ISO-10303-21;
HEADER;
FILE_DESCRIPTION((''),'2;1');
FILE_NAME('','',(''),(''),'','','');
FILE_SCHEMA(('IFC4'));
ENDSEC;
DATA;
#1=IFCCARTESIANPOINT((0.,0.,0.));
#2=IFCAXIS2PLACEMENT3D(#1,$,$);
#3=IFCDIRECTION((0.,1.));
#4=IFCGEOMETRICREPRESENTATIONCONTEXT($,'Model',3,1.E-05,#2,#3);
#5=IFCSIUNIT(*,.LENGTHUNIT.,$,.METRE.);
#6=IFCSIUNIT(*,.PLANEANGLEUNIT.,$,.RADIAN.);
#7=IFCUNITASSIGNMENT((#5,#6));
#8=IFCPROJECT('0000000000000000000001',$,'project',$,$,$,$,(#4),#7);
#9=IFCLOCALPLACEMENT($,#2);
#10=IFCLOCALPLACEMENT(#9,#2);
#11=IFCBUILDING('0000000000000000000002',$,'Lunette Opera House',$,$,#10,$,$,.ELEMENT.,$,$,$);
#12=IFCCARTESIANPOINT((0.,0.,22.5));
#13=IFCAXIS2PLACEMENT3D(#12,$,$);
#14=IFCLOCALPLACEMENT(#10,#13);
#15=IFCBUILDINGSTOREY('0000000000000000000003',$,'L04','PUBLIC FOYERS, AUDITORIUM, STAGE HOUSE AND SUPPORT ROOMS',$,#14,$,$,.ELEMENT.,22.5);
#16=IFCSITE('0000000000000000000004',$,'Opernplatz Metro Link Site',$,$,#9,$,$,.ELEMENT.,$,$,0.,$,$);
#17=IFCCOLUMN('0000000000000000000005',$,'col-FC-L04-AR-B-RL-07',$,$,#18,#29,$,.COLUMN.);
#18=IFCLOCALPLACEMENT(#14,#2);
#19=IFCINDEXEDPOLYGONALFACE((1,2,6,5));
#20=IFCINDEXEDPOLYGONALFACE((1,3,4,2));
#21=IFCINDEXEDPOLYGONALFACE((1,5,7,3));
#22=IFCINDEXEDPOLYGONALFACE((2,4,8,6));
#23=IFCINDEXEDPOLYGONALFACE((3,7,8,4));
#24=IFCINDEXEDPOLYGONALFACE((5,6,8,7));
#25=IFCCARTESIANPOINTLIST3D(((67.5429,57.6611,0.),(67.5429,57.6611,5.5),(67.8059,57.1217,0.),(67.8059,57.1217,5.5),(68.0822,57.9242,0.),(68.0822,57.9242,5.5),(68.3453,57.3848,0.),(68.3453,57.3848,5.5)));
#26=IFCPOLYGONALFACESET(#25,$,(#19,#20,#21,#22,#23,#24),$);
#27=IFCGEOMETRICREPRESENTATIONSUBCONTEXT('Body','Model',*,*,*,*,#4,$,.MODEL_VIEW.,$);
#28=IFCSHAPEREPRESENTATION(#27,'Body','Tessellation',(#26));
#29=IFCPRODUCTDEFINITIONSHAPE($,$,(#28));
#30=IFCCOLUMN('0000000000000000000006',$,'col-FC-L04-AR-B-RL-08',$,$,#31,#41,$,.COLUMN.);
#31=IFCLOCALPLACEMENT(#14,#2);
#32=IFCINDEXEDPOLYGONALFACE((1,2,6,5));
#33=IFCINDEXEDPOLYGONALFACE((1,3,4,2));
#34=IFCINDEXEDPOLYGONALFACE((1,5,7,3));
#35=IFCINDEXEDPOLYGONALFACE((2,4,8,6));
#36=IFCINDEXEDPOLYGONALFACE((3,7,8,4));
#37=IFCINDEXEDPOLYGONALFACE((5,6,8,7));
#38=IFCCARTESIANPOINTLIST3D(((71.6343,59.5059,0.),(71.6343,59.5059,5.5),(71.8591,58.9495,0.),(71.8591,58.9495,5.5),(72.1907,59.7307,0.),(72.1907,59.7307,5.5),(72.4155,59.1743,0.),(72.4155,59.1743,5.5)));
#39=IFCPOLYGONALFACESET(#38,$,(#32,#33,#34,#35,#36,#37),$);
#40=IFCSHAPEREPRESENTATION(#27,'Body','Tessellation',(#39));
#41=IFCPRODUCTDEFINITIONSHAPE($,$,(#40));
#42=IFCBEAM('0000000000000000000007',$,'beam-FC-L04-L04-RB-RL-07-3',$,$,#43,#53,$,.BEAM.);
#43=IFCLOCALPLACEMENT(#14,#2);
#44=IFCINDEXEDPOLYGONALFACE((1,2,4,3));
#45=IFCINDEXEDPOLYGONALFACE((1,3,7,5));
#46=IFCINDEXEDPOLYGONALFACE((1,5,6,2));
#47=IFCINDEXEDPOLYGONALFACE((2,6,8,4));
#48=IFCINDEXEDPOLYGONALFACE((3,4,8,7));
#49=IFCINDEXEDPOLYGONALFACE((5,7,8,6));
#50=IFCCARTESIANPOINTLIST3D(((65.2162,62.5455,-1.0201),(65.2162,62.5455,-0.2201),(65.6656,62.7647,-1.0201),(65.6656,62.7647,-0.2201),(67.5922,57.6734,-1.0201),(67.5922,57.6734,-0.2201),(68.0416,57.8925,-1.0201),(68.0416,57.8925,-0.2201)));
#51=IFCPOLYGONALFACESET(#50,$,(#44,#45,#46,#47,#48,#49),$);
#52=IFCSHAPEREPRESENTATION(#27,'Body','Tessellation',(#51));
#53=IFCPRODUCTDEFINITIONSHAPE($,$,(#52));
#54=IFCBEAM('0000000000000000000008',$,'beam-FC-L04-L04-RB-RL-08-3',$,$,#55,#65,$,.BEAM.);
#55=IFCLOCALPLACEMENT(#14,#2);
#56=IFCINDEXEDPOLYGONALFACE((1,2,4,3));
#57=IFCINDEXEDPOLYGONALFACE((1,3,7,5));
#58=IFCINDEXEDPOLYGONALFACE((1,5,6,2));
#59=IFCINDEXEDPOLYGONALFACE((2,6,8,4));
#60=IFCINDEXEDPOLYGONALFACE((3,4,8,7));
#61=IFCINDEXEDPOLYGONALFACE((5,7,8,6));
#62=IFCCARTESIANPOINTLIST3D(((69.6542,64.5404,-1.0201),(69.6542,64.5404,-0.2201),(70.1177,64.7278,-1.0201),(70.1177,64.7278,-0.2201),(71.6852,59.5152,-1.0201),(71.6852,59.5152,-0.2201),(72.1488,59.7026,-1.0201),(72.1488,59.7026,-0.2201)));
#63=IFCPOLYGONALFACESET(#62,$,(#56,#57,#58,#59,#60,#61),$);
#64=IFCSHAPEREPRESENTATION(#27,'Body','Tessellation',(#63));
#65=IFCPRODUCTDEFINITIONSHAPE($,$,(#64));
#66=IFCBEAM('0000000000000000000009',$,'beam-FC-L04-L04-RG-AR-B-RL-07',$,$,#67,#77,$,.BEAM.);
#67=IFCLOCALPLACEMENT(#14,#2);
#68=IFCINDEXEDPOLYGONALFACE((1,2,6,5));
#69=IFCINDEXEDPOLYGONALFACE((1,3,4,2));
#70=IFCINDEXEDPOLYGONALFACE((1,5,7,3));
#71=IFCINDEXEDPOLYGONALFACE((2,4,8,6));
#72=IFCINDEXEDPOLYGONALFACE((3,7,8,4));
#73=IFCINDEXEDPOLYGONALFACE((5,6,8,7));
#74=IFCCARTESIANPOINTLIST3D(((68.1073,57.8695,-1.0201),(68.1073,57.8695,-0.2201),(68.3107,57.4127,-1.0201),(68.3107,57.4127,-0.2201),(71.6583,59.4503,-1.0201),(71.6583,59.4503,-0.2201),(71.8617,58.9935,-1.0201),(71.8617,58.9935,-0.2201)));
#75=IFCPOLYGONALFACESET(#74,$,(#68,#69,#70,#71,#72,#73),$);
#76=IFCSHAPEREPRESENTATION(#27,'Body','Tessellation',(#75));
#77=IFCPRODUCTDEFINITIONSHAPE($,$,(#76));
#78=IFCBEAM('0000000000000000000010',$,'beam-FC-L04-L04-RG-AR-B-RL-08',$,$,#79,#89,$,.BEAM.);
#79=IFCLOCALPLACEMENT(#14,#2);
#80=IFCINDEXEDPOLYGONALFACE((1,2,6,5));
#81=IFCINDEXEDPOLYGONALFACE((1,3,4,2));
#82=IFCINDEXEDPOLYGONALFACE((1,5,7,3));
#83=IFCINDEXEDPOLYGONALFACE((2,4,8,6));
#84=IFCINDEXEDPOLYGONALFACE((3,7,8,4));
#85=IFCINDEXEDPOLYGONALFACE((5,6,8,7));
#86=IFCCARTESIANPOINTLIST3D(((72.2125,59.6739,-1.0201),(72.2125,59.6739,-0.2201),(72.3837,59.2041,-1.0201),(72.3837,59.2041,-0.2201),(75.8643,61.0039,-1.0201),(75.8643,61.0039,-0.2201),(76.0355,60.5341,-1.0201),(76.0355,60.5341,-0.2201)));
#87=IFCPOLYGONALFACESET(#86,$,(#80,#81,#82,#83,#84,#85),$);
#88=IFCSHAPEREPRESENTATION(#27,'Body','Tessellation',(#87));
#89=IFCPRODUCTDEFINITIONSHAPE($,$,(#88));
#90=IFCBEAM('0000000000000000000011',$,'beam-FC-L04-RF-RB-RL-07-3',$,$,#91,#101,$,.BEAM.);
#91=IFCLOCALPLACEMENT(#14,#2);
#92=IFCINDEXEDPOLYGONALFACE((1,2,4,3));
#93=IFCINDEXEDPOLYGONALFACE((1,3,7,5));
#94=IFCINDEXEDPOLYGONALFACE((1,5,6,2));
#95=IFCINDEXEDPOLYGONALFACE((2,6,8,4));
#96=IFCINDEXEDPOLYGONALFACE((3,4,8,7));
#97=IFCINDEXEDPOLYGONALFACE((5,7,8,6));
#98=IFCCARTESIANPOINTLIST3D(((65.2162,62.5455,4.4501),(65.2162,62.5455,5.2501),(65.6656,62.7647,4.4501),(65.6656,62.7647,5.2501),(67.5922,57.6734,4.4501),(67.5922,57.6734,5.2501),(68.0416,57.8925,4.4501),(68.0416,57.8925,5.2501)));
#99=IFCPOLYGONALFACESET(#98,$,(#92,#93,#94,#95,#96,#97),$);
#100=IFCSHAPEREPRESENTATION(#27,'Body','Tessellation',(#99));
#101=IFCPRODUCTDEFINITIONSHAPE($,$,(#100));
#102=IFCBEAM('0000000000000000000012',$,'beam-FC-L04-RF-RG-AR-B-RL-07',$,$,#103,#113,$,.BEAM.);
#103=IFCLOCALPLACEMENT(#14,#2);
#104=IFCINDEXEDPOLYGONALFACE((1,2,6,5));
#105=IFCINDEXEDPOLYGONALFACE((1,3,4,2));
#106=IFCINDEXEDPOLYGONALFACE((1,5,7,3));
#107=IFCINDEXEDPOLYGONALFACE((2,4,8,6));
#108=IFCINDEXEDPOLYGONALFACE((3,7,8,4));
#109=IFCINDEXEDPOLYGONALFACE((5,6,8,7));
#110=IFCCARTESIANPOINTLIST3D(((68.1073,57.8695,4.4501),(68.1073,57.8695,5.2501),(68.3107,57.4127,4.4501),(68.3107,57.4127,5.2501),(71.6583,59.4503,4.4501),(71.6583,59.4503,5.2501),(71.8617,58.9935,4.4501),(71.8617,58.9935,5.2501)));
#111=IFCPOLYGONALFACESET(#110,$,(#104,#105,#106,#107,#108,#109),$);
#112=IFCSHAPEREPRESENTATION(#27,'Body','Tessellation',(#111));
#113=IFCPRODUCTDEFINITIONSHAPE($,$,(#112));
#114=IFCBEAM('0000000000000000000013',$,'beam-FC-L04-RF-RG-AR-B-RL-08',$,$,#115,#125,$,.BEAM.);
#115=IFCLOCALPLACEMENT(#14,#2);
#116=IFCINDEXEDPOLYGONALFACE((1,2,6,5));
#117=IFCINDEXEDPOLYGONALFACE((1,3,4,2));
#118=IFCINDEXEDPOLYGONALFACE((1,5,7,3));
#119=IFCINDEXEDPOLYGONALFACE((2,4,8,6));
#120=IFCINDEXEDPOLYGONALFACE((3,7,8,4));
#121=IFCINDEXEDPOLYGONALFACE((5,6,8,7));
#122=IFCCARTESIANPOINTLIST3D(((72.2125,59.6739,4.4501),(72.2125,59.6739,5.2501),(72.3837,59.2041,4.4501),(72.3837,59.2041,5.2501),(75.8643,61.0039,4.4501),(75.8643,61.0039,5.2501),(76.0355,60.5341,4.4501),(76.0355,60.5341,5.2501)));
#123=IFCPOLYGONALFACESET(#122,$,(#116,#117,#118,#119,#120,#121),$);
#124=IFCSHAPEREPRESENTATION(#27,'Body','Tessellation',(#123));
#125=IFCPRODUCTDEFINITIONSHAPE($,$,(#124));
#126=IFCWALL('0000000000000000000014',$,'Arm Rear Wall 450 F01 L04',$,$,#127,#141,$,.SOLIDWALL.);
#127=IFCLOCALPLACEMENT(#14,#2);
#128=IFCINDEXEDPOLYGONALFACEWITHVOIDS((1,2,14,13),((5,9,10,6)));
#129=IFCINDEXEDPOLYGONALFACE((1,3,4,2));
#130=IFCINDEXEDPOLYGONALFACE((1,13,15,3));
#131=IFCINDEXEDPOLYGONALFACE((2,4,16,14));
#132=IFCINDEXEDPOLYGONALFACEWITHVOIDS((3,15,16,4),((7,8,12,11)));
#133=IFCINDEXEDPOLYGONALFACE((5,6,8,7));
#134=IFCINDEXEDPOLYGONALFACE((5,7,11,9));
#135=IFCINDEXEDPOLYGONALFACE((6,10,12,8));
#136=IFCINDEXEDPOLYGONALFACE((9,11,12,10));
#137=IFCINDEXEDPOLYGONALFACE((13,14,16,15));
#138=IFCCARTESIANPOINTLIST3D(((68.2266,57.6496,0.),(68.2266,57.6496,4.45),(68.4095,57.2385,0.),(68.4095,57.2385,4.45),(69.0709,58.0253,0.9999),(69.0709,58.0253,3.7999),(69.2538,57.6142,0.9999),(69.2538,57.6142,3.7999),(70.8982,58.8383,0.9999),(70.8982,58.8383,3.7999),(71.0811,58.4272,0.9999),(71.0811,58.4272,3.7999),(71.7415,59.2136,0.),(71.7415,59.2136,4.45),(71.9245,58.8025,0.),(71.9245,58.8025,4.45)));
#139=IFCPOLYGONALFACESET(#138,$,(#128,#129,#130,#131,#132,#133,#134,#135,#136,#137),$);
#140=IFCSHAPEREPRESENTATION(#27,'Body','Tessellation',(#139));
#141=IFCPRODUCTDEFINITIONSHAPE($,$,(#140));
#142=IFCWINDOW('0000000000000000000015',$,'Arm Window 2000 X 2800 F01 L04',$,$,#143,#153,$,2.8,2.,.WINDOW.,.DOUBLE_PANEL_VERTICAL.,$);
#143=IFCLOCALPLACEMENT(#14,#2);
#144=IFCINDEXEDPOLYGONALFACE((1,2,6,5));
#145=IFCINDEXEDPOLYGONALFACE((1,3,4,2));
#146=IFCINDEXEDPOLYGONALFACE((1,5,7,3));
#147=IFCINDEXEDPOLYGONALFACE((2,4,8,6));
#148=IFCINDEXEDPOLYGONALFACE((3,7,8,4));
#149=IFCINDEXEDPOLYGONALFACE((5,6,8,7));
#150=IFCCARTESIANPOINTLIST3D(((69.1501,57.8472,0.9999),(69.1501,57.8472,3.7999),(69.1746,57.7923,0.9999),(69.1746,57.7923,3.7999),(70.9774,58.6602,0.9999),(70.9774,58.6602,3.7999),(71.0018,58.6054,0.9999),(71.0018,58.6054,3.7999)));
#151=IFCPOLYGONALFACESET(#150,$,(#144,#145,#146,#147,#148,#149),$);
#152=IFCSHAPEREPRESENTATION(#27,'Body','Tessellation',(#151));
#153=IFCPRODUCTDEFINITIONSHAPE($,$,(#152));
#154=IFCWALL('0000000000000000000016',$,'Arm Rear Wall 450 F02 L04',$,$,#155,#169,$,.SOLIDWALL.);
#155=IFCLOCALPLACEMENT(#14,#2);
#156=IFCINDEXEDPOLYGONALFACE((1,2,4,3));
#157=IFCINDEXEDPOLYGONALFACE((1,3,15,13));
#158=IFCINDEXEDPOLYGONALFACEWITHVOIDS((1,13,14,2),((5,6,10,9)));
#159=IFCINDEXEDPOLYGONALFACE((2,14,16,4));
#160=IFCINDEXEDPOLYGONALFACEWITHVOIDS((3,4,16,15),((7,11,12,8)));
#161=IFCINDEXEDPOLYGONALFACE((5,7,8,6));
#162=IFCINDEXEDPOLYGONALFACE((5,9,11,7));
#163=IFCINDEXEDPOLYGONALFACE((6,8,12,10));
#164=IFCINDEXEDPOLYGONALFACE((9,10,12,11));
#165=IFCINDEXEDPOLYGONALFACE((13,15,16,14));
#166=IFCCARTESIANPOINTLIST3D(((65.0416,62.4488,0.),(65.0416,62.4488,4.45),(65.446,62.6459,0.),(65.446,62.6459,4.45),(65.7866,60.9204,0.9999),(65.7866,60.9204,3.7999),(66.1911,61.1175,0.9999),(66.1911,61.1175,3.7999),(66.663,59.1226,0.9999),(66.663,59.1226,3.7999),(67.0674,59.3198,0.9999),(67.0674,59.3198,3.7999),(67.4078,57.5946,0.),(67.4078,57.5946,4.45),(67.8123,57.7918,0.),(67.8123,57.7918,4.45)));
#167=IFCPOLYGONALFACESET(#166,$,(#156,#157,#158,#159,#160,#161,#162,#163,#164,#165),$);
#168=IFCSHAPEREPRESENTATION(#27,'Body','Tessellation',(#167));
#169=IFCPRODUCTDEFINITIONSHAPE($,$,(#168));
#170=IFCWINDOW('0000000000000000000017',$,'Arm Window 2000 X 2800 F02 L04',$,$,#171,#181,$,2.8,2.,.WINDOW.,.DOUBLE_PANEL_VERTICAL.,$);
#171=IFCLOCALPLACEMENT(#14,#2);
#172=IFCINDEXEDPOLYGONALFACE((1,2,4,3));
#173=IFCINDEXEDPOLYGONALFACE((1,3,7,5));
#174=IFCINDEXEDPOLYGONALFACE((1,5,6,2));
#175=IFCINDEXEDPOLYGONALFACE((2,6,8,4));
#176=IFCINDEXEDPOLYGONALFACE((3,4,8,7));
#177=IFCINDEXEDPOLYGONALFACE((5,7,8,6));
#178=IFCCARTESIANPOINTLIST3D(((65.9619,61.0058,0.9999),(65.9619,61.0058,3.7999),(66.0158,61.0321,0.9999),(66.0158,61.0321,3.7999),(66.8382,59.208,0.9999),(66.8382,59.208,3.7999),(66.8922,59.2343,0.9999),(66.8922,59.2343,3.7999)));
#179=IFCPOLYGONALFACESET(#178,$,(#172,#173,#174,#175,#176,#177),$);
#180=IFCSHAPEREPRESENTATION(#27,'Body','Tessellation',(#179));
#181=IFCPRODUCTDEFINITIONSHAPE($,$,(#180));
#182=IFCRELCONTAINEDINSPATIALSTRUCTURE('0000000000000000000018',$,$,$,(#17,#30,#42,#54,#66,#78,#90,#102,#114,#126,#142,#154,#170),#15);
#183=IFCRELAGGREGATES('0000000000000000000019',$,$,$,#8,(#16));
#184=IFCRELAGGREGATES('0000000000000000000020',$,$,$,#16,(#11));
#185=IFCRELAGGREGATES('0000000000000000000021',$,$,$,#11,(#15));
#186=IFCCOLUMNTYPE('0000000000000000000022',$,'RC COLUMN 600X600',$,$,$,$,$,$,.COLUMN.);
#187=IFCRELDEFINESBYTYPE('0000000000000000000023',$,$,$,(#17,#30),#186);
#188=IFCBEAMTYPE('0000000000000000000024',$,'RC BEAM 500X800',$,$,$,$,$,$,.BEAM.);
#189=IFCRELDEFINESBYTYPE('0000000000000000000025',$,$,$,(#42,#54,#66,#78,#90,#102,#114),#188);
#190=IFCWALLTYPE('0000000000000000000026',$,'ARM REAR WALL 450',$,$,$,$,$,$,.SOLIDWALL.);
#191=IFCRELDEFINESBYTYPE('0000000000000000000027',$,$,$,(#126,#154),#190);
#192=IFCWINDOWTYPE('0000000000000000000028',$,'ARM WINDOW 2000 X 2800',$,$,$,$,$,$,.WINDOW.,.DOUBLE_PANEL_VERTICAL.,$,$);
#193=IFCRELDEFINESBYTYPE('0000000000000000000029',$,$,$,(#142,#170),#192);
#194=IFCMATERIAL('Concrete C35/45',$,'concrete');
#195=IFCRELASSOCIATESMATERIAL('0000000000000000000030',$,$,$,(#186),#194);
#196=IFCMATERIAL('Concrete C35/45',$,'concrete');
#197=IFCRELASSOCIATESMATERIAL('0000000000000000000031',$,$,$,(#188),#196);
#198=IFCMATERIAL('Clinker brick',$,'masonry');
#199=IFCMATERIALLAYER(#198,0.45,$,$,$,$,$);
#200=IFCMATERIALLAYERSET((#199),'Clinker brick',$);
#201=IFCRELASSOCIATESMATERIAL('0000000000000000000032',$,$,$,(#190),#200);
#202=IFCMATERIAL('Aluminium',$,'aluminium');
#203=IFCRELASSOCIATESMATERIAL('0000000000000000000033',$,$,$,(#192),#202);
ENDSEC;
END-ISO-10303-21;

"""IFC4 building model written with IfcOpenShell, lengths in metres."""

from ifc_helpers import new_model, si_unit, direction, frame, frame_2d, origin, origin_2d, place, context, subcontext, project, spatial, rectangle, extrude, material, layer, layer_set, material_profile, profile_set, type_object, element, fill, save


model = new_model("IFC4")

# Units and contexts
model_context = context("Model", 3, precision=1e-05, world=origin(), true_north=direction((0.0, 1.0)))
body_context = subcontext(model_context, "Body", "Model", "MODEL_VIEW")
ifc_project = project(units=[si_unit("LENGTHUNIT", "METRE"), si_unit("PLANEANGLEUNIT", "RADIAN")], contexts=[model_context])

# Site, building, storey
site_placement = place(None, origin())
site = spatial("IfcSite", under=ifc_project, at=site_placement, Name="Opernplatz Metro Link Site", CompositionType="ELEMENT", RefElevation=0.0)
building_placement = place(site_placement, origin())
building = spatial("IfcBuilding", under=site, at=building_placement, Name="Lunette Opera House", CompositionType="ELEMENT")
storey_placement = place(building_placement, frame((0.0, 0.0, 22.5)))
storey = spatial("IfcBuildingStorey", under=building, at=storey_placement, Name="L04", Description="PUBLIC FOYERS, AUDITORIUM, STAGE HOUSE AND SUPPORT ROOMS", CompositionType="ELEMENT", Elevation=22.5)

# Columns
ifc_material_1 = material(Name="Concrete C35/45", Category="concrete")
ifc_material_profile_1 = material_profile(ifc_material_1, rectangle(XDim=0.6001, YDim=0.6001, at=origin_2d()), Name="RC COLUMN 600X600")
ifc_profile_set_1 = profile_set([ifc_material_profile_1], Name="Concrete C35/45")
column_type = type_object("IfcColumnType", Name="RC COLUMN 600X600", PredefinedType="COLUMN", material=ifc_profile_set_1)
for number, where, z_axis, x_axis, name in (
    (1, (67.9441, 57.5229, 0.0), (0.0, 0.0, 1.0), (0.898794, 0.438371, 0.0), "col-FC-L04-AR-B-RL-07"),
    (2, (72.0249, 59.3401, 0.0), (0.0, 0.0, 1.0), (0.927184, 0.374607, 0.0), "col-FC-L04-AR-B-RL-08"),
):
    element("IfcColumn", number, at=place(storey_placement, frame(where, z_axis=z_axis, x_axis=x_axis)), inside=storey, type_object=column_type, Name=name, PredefinedType="COLUMN", context=body_context, shape_type="SweptSolid", body=[
        extrude(rectangle(XDim=0.6001, YDim=0.6001, at=origin_2d()), origin(), (0.0, 0.0, 1.0), 5.5),
    ])

# Beams
ifc_material_2 = material(Name="Concrete C35/45", Category="concrete")
ifc_material_profile_2 = material_profile(ifc_material_2, rectangle(XDim=0.5, YDim=0.8, at=origin_2d()), Name="RC BEAM 500X800")
ifc_profile_set_2 = profile_set([ifc_material_profile_2], Name="Concrete C35/45")
beam_type = type_object("IfcBeamType", Name="RC BEAM 500X800", PredefinedType="BEAM", material=ifc_profile_set_2)
beam_1_placement = place(storey_placement, frame((67.8169, 57.783, -0.6201), z_axis=(-0.438328, 0.898815, 0.0), x_axis=(-0.898815, -0.438328, 0.0)))
element("IfcBeam", 3, at=beam_1_placement, inside=storey, type_object=beam_type, Name="beam-FC-L04-L04-RB-RL-07-3", PredefinedType="BEAM", context=body_context, shape_type="SweptSolid", body=[
    extrude(rectangle(XDim=0.5, YDim=0.8, at=origin_2d()), origin(), (0.0, 0.0, 1.0), 5.4207),
])
beam_2_placement = place(storey_placement, frame((71.917, 59.6089, -0.6201), z_axis=(-0.37472, 0.927138, 0.0), x_axis=(-0.927138, -0.37472, 0.0)))
element("IfcBeam", 4, at=beam_2_placement, inside=storey, type_object=beam_type, Name="beam-FC-L04-L04-RB-RL-08-3", PredefinedType="BEAM", context=body_context, shape_type="SweptSolid", body=[
    extrude(rectangle(XDim=0.5, YDim=0.8, at=origin_2d()), origin(), (0.0, 0.0, 1.0), 5.4202),
])
beam_3_placement = place(storey_placement, frame((68.209, 57.6411, -0.6201), z_axis=(0.913565, 0.406692, 0.0), x_axis=(-0.406692, 0.913565, 0.0)))
element("IfcBeam", 5, at=beam_3_placement, inside=storey, type_object=beam_type, Name="beam-FC-L04-L04-RG-AR-B-RL-07", PredefinedType="BEAM", context=body_context, shape_type="SweptSolid", body=[
    extrude(rectangle(XDim=0.5, YDim=0.8, at=origin_2d()), origin(), (0.0, 0.0, 1.0), 3.887),
])
beam_4_placement = place(storey_placement, frame((72.2981, 59.439, -0.6201), z_axis=(0.939617, 0.342227, 0.0), x_axis=(-0.342227, 0.939617, 0.0)))
element("IfcBeam", 6, at=beam_4_placement, inside=storey, type_object=beam_type, Name="beam-FC-L04-L04-RG-AR-B-RL-08", PredefinedType="BEAM", context=body_context, shape_type="SweptSolid", body=[
    extrude(rectangle(XDim=0.5, YDim=0.8, at=origin_2d()), origin(), (0.0, 0.0, 1.0), 3.8865),
])
beam_5_placement = place(storey_placement, frame((67.8169, 57.783, 4.8501), z_axis=(-0.438328, 0.898815, 0.0), x_axis=(-0.898815, -0.438328, 0.0)))
element("IfcBeam", 7, at=beam_5_placement, inside=storey, type_object=beam_type, Name="beam-FC-L04-RF-RB-RL-07-3", PredefinedType="BEAM", context=body_context, shape_type="SweptSolid", body=[
    extrude(rectangle(XDim=0.5, YDim=0.8, at=origin_2d()), origin(), (0.0, 0.0, 1.0), 5.4207),
])
beam_6_placement = place(storey_placement, frame((68.209, 57.6411, 4.8501), z_axis=(0.913565, 0.406692, 0.0), x_axis=(-0.406692, 0.913565, 0.0)))
element("IfcBeam", 8, at=beam_6_placement, inside=storey, type_object=beam_type, Name="beam-FC-L04-RF-RG-AR-B-RL-07", PredefinedType="BEAM", context=body_context, shape_type="SweptSolid", body=[
    extrude(rectangle(XDim=0.5, YDim=0.8, at=origin_2d()), origin(), (0.0, 0.0, 1.0), 3.887),
])
beam_7_placement = place(storey_placement, frame((72.2981, 59.439, 4.8501), z_axis=(0.939617, 0.342227, 0.0), x_axis=(-0.342227, 0.939617, 0.0)))
element("IfcBeam", 9, at=beam_7_placement, inside=storey, type_object=beam_type, Name="beam-FC-L04-RF-RG-AR-B-RL-08", PredefinedType="BEAM", context=body_context, shape_type="SweptSolid", body=[
    extrude(rectangle(XDim=0.5, YDim=0.8, at=origin_2d()), origin(), (0.0, 0.0, 1.0), 3.8865),
])

# Walls, openings, windows
ifc_material_3 = material(Name="Clinker brick", Category="masonry")
ifc_layer_1 = layer(ifc_material_3, 0.45)
ifc_layer_set_1 = layer_set([ifc_layer_1], Name="Clinker brick")
wall_type_1 = type_object("IfcWallType", Name="ARM REAR WALL 450", PredefinedType="SOLIDWALL", material=ifc_layer_set_1)
wall_1_placement = place(storey_placement, frame((71.833, 59.0081, 0.0), z_axis=(0.0, 0.0, 1.0), x_axis=(-0.913639, -0.406527, 0.0)))
wall_1 = element("IfcWall", 10, at=wall_1_placement, inside=storey, type_object=wall_type_1, Name="Arm Rear Wall 450 F01 L04", PredefinedType="SOLIDWALL", context=body_context, shape_type="SweptSolid", body=[
    extrude(rectangle(XDim=3.8472, YDim=0.45, at=frame_2d((1.9236, 0.0))), origin(), (0.0, 0.0, 1.0), 4.45),
])
opening_1_placement = place(wall_1_placement, frame((0.9231, 0.0, 1.0)))
opening_1 = element("IfcOpeningElement", 11, at=opening_1_placement, cuts=wall_1, PredefinedType="OPENING", context=body_context, shape_type="SweptSolid", body=[
    extrude(rectangle(XDim=2.0, YDim=2.8, at=frame_2d((1.0, 1.3999))), frame((0.0, 0.2371, 0.0), z_axis=(0.0, -1.0, 0.0), x_axis=(1.0, 0.0, 0.0)), (0.0, 0.0, 1.0), 0.4739),
])
ifc_material_4 = material(Name="Aluminium", Category="aluminium")
window_type = type_object("IfcWindowType", Name="ARM WINDOW 2000 X 2800", PartitioningType="DOUBLE_PANEL_VERTICAL", PredefinedType="WINDOW", material=ifc_material_4)
window_1_placement = place(opening_1_placement, origin())
window_1 = element("IfcWindow", 12, at=window_1_placement, inside=storey, type_object=window_type, Name="Arm Window 2000 X 2800 F01 L04", OverallHeight=2.8, OverallWidth=2.0, PartitioningType="DOUBLE_PANEL_VERTICAL", PredefinedType="WINDOW", context=body_context, shape_type="SweptSolid", body=[
    extrude(rectangle(XDim=2.0, YDim=2.8, at=frame_2d((1.0, 1.3999))), frame((0.0, 0.03, 0.0), z_axis=(0.0, -1.0, 0.0), x_axis=(1.0, 0.0, 0.0)), (0.0, 0.0, 1.0), 0.0601),
])
fill(opening_1, window_1)
wall_2_placement = place(storey_placement, frame((67.6101, 57.6931, 0.0), z_axis=(0.0, 0.0, 1.0), x_axis=(-0.438185, 0.898885, 0.0)))
wall_2 = element("IfcWall", 13, at=wall_2_placement, inside=storey, type_object=wall_type_1, Name="Arm Rear Wall 450 F02 L04", PredefinedType="SOLIDWALL", context=body_context, shape_type="SweptSolid", body=[
    extrude(rectangle(XDim=5.4001, YDim=0.45, at=frame_2d((2.7002, 0.0))), origin(), (0.0, 0.0, 1.0), 4.45),
])
opening_2_placement = place(wall_2_placement, frame((1.7, 0.0, 1.0)))
opening_2 = element("IfcOpeningElement", 14, at=opening_2_placement, cuts=wall_2, PredefinedType="OPENING", context=body_context, shape_type="SweptSolid", body=[
    extrude(rectangle(XDim=2.0, YDim=2.8, at=frame_2d((1.0, 1.3999))), frame((0.0, 0.2371, 0.0), z_axis=(0.0, -1.0, 0.0), x_axis=(1.0, 0.0, 0.0)), (0.0, 0.0, 1.0), 0.4739),
])
window_2_placement = place(opening_2_placement, origin())
window_2 = element("IfcWindow", 15, at=window_2_placement, inside=storey, type_object=window_type, Name="Arm Window 2000 X 2800 F02 L04", OverallHeight=2.8, OverallWidth=2.0, PartitioningType="DOUBLE_PANEL_VERTICAL", PredefinedType="WINDOW", context=body_context, shape_type="SweptSolid", body=[
    extrude(rectangle(XDim=2.0, YDim=2.8, at=frame_2d((1.0, 1.3999))), frame((0.0, 0.03, 0.0), z_axis=(0.0, -1.0, 0.0), x_axis=(1.0, 0.0, 0.0)), (0.0, 0.0, 1.0), 0.0601),
])
fill(opening_2, window_2)

save(model, "model.ifc")
